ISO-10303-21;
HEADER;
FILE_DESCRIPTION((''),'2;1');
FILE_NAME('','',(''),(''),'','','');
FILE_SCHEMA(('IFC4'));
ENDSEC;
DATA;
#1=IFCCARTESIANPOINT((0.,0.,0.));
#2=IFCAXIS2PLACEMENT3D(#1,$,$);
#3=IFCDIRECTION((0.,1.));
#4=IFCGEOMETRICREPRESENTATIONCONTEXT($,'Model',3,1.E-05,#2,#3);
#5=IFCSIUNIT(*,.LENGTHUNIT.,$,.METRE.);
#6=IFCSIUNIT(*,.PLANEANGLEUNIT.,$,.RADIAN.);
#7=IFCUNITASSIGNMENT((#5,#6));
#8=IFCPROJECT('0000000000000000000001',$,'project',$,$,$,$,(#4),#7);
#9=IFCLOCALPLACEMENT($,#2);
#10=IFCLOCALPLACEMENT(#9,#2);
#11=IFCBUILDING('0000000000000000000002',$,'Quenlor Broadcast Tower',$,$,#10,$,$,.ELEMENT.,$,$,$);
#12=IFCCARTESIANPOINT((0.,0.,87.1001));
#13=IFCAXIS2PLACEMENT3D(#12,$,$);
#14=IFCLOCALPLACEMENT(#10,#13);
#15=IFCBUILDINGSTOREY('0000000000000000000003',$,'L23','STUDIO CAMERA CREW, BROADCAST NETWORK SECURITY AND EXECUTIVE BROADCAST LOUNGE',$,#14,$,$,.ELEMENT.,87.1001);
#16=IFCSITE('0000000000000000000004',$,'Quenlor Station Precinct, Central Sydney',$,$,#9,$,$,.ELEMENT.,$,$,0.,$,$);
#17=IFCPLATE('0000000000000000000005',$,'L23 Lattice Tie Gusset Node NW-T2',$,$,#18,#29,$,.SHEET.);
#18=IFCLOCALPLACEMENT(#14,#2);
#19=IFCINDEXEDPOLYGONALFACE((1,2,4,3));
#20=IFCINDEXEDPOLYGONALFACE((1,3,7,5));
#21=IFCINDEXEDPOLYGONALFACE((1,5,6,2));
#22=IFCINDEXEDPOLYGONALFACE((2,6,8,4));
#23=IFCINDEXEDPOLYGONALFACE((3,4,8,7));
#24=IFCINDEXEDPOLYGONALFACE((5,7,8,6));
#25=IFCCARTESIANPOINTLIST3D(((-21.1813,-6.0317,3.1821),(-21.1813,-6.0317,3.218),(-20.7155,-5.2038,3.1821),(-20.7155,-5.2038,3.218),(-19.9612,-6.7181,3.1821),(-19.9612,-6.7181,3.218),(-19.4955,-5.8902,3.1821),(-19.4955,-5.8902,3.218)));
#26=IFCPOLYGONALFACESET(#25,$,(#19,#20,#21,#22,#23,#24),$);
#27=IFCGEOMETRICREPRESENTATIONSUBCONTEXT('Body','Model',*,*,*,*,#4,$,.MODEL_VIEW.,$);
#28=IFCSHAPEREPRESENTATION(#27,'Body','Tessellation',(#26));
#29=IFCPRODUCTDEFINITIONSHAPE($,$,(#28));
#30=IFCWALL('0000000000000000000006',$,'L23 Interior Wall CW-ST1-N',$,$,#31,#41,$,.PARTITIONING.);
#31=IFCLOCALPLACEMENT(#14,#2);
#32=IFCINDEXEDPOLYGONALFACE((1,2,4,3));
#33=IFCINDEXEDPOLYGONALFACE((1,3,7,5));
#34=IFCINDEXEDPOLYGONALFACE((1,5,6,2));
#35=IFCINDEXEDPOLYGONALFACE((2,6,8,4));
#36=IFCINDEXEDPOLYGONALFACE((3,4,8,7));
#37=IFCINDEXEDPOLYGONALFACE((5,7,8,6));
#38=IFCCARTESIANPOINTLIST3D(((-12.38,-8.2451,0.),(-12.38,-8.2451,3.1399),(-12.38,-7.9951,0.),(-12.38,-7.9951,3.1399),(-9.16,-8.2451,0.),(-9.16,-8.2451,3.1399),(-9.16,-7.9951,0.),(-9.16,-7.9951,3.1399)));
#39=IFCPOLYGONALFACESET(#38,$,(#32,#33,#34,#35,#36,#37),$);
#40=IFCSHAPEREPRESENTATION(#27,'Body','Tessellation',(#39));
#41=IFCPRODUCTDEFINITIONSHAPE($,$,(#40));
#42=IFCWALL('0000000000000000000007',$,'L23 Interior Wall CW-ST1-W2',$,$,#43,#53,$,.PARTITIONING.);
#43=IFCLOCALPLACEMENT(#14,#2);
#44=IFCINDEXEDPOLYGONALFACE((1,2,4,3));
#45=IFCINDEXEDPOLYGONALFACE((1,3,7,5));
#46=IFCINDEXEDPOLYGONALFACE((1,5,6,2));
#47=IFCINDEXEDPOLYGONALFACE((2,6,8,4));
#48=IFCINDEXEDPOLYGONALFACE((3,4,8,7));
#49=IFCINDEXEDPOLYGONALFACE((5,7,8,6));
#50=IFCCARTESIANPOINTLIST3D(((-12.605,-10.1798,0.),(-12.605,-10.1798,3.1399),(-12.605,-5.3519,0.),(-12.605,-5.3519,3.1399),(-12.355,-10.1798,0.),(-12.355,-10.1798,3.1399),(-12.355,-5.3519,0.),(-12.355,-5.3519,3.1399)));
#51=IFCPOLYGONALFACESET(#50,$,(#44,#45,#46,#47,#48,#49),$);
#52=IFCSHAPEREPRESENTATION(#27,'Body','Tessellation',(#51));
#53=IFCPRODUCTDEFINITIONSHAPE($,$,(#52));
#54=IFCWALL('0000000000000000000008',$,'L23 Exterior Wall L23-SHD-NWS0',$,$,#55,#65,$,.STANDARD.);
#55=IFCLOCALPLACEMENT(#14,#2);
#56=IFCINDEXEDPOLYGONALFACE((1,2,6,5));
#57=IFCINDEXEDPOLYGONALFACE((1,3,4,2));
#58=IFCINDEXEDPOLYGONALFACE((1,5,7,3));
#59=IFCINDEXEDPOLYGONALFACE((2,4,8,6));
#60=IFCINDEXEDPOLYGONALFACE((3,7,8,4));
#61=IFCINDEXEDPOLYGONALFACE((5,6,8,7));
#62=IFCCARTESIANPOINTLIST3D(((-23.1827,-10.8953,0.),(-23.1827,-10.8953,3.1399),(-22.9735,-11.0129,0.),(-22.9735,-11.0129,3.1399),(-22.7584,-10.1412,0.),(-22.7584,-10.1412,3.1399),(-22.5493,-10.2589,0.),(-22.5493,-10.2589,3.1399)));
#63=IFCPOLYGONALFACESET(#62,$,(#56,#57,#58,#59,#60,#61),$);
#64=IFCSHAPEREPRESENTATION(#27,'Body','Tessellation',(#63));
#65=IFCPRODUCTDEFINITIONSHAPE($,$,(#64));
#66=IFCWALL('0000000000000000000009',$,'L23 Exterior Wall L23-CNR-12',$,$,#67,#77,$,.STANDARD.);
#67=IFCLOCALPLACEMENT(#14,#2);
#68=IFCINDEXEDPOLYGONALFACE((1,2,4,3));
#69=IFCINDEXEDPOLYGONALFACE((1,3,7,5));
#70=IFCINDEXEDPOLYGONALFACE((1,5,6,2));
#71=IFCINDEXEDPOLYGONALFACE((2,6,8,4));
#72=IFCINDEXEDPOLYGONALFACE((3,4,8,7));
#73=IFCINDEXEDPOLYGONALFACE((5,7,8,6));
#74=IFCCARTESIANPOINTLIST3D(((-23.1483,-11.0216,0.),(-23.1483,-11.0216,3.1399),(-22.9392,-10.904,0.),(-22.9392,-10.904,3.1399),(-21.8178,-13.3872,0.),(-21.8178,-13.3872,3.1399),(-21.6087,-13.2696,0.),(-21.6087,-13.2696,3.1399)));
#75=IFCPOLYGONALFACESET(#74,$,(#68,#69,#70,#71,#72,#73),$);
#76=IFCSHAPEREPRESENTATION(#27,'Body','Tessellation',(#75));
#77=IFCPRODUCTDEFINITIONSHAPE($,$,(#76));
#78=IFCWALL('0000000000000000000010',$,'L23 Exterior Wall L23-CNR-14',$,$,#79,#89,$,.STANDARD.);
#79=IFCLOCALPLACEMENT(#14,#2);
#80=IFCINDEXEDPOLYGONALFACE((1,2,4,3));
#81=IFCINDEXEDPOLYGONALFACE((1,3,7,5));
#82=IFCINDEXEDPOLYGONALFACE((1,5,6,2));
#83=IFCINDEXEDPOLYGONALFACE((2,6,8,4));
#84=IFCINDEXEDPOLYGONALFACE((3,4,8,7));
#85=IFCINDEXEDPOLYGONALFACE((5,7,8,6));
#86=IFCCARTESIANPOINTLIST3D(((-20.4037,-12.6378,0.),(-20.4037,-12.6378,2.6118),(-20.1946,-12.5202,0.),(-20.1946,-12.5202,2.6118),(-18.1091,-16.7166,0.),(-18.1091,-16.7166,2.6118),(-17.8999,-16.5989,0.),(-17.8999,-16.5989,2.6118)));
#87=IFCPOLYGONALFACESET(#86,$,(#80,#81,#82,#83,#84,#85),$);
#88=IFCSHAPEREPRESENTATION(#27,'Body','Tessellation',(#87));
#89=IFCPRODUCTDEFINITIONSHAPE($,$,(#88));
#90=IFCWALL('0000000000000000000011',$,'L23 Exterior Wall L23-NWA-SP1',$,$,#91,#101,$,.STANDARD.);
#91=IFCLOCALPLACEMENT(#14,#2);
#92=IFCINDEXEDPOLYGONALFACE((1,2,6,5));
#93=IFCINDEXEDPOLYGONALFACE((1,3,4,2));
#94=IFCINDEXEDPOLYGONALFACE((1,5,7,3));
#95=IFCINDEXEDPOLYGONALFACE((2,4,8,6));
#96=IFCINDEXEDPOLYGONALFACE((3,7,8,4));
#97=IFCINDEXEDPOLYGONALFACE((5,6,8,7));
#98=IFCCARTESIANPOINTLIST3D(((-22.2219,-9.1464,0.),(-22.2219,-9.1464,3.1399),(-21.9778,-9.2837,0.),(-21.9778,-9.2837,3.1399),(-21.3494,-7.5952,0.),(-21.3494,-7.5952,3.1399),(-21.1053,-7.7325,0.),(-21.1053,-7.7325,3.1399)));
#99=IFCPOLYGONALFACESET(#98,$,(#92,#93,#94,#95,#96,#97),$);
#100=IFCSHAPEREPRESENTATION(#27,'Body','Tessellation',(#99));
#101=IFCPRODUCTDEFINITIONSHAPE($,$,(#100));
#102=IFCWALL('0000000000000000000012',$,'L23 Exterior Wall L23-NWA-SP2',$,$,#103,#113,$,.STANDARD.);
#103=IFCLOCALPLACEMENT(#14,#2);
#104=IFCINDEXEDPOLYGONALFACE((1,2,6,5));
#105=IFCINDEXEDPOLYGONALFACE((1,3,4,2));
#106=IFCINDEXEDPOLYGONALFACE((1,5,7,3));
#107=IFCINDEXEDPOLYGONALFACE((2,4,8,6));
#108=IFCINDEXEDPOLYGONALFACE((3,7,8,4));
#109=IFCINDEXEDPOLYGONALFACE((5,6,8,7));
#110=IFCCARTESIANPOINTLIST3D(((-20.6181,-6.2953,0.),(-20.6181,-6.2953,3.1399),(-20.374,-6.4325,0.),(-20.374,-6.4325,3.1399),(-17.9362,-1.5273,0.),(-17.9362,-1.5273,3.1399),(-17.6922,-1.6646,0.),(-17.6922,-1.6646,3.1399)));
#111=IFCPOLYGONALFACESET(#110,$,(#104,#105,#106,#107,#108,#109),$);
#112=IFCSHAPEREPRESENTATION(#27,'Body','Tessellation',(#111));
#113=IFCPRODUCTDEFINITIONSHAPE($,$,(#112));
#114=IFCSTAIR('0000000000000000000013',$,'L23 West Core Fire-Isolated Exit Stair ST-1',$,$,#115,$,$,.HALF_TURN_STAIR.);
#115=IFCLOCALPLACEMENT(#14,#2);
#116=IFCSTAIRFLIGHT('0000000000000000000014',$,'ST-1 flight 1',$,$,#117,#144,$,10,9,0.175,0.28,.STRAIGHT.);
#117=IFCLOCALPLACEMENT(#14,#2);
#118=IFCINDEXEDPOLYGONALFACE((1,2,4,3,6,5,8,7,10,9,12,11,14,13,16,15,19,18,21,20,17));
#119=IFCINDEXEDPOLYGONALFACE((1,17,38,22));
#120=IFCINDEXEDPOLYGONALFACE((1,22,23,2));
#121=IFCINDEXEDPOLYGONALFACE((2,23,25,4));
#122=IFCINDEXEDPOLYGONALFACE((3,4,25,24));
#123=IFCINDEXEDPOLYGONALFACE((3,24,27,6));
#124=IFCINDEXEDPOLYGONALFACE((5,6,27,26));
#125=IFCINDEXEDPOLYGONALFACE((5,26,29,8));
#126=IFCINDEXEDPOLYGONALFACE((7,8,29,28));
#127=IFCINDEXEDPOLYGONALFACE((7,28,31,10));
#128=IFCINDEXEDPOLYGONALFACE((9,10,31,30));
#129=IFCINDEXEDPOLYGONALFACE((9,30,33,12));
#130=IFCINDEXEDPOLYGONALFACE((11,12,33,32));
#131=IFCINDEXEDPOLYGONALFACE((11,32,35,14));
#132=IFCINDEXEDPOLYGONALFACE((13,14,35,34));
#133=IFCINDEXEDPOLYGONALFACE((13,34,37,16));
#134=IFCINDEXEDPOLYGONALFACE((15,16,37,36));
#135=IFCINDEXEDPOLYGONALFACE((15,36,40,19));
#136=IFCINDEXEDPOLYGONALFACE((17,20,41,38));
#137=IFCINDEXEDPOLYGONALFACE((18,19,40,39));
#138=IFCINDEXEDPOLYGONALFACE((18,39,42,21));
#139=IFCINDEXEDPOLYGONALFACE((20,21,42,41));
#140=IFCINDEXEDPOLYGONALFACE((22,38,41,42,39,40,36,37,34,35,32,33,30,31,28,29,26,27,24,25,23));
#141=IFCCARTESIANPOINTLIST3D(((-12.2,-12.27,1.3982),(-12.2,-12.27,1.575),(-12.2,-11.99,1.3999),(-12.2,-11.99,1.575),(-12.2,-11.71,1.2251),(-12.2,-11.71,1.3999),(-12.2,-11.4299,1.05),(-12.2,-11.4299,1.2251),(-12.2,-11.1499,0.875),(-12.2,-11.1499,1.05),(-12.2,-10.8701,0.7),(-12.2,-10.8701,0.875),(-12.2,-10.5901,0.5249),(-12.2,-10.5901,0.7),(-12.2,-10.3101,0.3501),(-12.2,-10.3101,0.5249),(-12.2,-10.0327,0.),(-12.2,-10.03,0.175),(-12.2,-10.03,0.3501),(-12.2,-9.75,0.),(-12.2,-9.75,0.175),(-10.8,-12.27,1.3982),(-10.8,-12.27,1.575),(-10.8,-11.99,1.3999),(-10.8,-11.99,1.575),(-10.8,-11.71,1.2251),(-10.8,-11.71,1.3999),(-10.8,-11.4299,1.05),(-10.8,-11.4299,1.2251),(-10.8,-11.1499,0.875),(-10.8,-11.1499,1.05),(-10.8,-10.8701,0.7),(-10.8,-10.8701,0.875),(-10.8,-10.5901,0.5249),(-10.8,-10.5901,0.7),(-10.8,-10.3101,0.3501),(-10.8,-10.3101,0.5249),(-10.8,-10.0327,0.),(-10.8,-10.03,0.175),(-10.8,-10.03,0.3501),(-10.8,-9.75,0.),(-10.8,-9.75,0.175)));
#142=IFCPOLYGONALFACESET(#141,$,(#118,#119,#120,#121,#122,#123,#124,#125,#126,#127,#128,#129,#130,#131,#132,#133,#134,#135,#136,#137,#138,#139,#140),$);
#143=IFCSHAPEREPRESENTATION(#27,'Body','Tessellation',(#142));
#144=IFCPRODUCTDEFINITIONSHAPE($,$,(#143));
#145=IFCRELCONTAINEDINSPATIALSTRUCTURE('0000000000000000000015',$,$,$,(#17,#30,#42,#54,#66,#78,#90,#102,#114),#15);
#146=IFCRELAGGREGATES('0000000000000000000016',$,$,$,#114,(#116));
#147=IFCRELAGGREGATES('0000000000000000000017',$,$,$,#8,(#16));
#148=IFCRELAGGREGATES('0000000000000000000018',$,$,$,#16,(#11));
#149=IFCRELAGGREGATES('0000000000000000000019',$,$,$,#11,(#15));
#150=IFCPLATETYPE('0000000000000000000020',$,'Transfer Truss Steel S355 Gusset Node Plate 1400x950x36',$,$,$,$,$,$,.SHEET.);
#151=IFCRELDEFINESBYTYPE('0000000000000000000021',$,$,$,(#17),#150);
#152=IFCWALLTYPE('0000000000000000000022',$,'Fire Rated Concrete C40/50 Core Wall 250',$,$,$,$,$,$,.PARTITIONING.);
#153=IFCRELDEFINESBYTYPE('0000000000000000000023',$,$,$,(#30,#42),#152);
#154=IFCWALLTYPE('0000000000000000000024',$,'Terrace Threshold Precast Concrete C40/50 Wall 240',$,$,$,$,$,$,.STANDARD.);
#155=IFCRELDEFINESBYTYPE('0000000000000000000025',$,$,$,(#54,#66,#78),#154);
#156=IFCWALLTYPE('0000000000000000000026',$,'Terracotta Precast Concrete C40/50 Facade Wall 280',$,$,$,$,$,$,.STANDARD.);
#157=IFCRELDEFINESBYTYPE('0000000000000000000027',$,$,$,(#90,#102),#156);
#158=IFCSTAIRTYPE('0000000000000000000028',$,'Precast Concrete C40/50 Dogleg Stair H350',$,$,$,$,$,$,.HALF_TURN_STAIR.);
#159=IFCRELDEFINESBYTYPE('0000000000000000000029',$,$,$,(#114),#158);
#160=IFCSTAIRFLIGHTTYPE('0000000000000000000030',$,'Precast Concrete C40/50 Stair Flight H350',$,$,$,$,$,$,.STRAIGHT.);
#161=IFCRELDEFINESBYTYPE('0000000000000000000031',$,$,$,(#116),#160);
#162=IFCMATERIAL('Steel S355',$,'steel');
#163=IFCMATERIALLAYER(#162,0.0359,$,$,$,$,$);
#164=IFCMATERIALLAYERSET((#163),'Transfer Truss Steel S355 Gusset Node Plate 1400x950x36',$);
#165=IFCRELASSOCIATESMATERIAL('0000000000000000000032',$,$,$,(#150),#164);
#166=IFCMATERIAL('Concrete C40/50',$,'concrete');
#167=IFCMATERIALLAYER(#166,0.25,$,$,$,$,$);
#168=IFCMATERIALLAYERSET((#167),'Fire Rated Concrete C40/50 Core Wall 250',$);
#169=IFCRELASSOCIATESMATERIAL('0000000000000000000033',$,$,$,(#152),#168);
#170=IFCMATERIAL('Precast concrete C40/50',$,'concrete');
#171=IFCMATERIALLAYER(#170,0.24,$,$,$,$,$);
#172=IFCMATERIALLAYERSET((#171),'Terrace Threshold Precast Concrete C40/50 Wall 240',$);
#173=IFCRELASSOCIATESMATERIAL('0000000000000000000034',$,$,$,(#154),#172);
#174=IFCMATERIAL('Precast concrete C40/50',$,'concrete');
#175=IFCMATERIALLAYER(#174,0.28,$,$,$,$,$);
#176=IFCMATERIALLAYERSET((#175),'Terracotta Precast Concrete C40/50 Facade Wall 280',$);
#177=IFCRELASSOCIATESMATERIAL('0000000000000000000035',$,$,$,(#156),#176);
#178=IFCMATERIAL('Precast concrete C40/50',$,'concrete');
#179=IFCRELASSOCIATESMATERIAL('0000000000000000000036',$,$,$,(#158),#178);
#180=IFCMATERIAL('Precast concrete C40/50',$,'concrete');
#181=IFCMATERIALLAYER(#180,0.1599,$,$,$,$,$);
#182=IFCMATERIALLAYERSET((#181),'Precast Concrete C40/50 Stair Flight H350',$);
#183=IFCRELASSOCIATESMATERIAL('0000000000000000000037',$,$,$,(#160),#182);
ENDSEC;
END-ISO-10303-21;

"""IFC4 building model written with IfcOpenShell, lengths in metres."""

from ifc_helpers import new_model, si_unit, direction, frame, frame_2d, origin, origin_2d, place, context, subcontext, project, spatial, polyline, rectangle, outline, extrude, material, layer, layer_set, type_object, element, aggregate, save


model = new_model("IFC4")

# Units and contexts
model_context = context("Model", 3, precision=1e-05, world=origin(), true_north=direction((0.0, 1.0)))
body_context = subcontext(model_context, "Body", "Model", "MODEL_VIEW")
ifc_project = project(units=[si_unit("LENGTHUNIT", "METRE"), si_unit("PLANEANGLEUNIT", "RADIAN")], contexts=[model_context])

# Site, building, storey
site_placement = place(None, origin())
site = spatial("IfcSite", under=ifc_project, at=site_placement, Name="Quenlor Station Precinct, Central Sydney", CompositionType="ELEMENT", RefElevation=0.0)
building_placement = place(site_placement, origin())
building = spatial("IfcBuilding", under=site, at=building_placement, Name="Quenlor Broadcast Tower", CompositionType="ELEMENT")
storey_placement = place(building_placement, frame((0.0, 0.0, 87.1001)))
storey = spatial("IfcBuildingStorey", under=building, at=storey_placement, Name="L23", Description="STUDIO CAMERA CREW, BROADCAST NETWORK SECURITY AND EXECUTIVE BROADCAST LOUNGE", CompositionType="ELEMENT", Elevation=87.1001)

# Plate
ifc_material_1 = material(Name="Steel S355", Category="steel")
ifc_layer_1 = layer(ifc_material_1, 0.0359)
ifc_layer_set_1 = layer_set([ifc_layer_1], Name="Transfer Truss Steel S355 Gusset Node Plate 1400x950x36")
plate_type_1 = type_object("IfcPlateType", Name="Transfer Truss Steel S355 Gusset Node Plate 1400x950x36", PredefinedType="SHEET", material=ifc_layer_set_1)
for number, where, z_axis, x_axis, name in (
    (1, (-20.3384, -5.9609, 3.1821), (0.0, 0.0, 1.0), (-0.871556, 0.490295, 0.0), "L23 Lattice Tie Gusset Node NW-T2"),
):
    element("IfcPlate", number, at=place(storey_placement, frame(where, z_axis=z_axis, x_axis=x_axis)), inside=storey, type_object=plate_type_1, Name=name, PredefinedType="SHEET", context=body_context, shape_type="SweptSolid", body=[
        extrude(rectangle(XDim=1.3999, YDim=0.95, at=origin_2d()), origin(), (0.0, 0.0, 1.0), 0.0359),
    ])

# Walls
ifc_material_2 = material(Name="Concrete C40/50", Category="concrete")
ifc_layer_2 = layer(ifc_material_2, 0.25)
ifc_layer_set_2 = layer_set([ifc_layer_2], Name="Fire Rated Concrete C40/50 Core Wall 250")
wall_type_1 = type_object("IfcWallType", Name="Fire Rated Concrete C40/50 Core Wall 250", PredefinedType="PARTITIONING", material=ifc_layer_set_2)
wall_1_placement = place(storey_placement, frame((-12.3799, -8.1201, 0.0), z_axis=(0.0, 0.0, 1.0), x_axis=(1.0, 0.0, 0.0)))
element("IfcWall", 2, at=wall_1_placement, inside=storey, type_object=wall_type_1, Name="L23 Interior Wall CW-ST1-N", PredefinedType="PARTITIONING", context=body_context, shape_type="SweptSolid", body=[
    extrude(rectangle(XDim=3.22, YDim=0.25, at=frame_2d((1.6099, 0.0))), origin(), (0.0, 0.0, 1.0), 3.1399),
])
wall_2_placement = place(storey_placement, frame((-12.48, -10.1799, 0.0), z_axis=(0.0, 0.0, 1.0), x_axis=(0.0, 1.0, 0.0)))
element("IfcWall", 3, at=wall_2_placement, inside=storey, type_object=wall_type_1, Name="L23 Interior Wall CW-ST1-W2", PredefinedType="PARTITIONING", context=body_context, shape_type="SweptSolid", body=[
    extrude(rectangle(XDim=4.8279, YDim=0.25, at=frame_2d((2.4141, 0.0))), origin(), (0.0, 0.0, 1.0), 3.1399),
])

# Walls
ifc_material_3 = material(Name="Precast concrete C40/50", Category="concrete")
ifc_layer_3 = layer(ifc_material_3, 0.24)
ifc_layer_set_3 = layer_set([ifc_layer_3], Name="Terrace Threshold Precast Concrete C40/50 Wall 240")
wall_type_2 = type_object("IfcWallType", Name="Terrace Threshold Precast Concrete C40/50 Wall 240", PredefinedType="STANDARD", material=ifc_layer_set_3)
wall_3_placement = place(storey_placement, frame((-23.0781, -10.9541, 0.0), z_axis=(0.0, 0.0, 1.0), x_axis=(0.490355, 0.871523, 0.0)))
element("IfcWall", 4, at=wall_3_placement, inside=storey, type_object=wall_type_2, Name="L23 Exterior Wall L23-SHD-NWS0", PredefinedType="STANDARD", context=body_context, shape_type="SweptSolid", body=[
    extrude(rectangle(XDim=0.8652, YDim=0.24, at=frame_2d((0.4326, 0.0))), origin(), (0.0, 0.0, 1.0), 3.1399),
])
wall_4_placement = place(storey_placement, frame((-23.0437, -10.9629, 0.0), z_axis=(0.0, 0.0, 1.0), x_axis=(0.490219, -0.8716, 0.0)))
element("IfcWall", 5, at=wall_4_placement, inside=storey, type_object=wall_type_2, Name="L23 Exterior Wall L23-CNR-12", PredefinedType="STANDARD", context=body_context, shape_type="SweptSolid", body=[
    extrude(rectangle(XDim=2.7141, YDim=0.24, at=frame_2d((1.3569, 0.0))), origin(), (0.0, 0.0, 1.0), 3.1399),
])
wall_5_placement = place(storey_placement, frame((-20.2991, -12.5791, 0.0), z_axis=(0.0, 0.0, 1.0), x_axis=(0.490313, -0.871546, 0.0)))
element("IfcWall", 6, at=wall_5_placement, inside=storey, type_object=wall_type_2, Name="L23 Exterior Wall L23-CNR-14", PredefinedType="STANDARD", context=body_context, shape_type="SweptSolid", body=[
    extrude(rectangle(XDim=4.6799, YDim=0.24, at=frame_2d((2.3398, 0.0))), origin(), (0.0, 0.0, 1.0), 2.6118),
])
ifc_material_4 = material(Name="Precast concrete C40/50", Category="concrete")
ifc_layer_4 = layer(ifc_material_4, 0.28)
ifc_layer_set_4 = layer_set([ifc_layer_4], Name="Terracotta Precast Concrete C40/50 Facade Wall 280")
wall_type_3 = type_object("IfcWallType", Name="Terracotta Precast Concrete C40/50 Facade Wall 280", PredefinedType="STANDARD", material=ifc_layer_set_4)
wall_6_placement = place(storey_placement, frame((-22.0999, -9.2151, 0.0), z_axis=(0.0, 0.0, 1.0), x_axis=(0.490248, 0.871583, 0.0)))
element("IfcWall", 7, at=wall_6_placement, inside=storey, type_object=wall_type_3, Name="L23 Exterior Wall L23-NWA-SP1", PredefinedType="STANDARD", context=body_context, shape_type="SweptSolid", body=[
    extrude(rectangle(XDim=1.7798, YDim=0.28, at=frame_2d((0.8899, 0.0))), origin(), (0.0, 0.0, 1.0), 3.1399),
])
wall_7_placement = place(storey_placement, frame((-20.4961, -6.364, 0.0), z_axis=(0.0, 0.0, 1.0), x_axis=(0.49024, 0.871587, 0.0)))
element("IfcWall", 8, at=wall_7_placement, inside=storey, type_object=wall_type_3, Name="L23 Exterior Wall L23-NWA-SP2", PredefinedType="STANDARD", context=body_context, shape_type="SweptSolid", body=[
    extrude(rectangle(XDim=5.4705, YDim=0.28, at=frame_2d((2.7354, 0.0))), origin(), (0.0, 0.0, 1.0), 3.1399),
])

# Stair, stair flight
ifc_material_5 = material(Name="Precast concrete C40/50", Category="concrete")
stair_type = type_object("IfcStairType", Name="Precast Concrete C40/50 Dogleg Stair H350", PredefinedType="HALF_TURN_STAIR", material=ifc_material_5)
stair_placement = place(storey_placement, origin())
stair = element("IfcStair", 9, at=stair_placement, inside=storey, type_object=stair_type, Name="L23 West Core Fire-Isolated Exit Stair ST-1", PredefinedType="HALF_TURN_STAIR")
ifc_material_6 = material(Name="Precast concrete C40/50", Category="concrete")
ifc_layer_5 = layer(ifc_material_6, 0.1599)
ifc_layer_set_5 = layer_set([ifc_layer_5], Name="Precast Concrete C40/50 Stair Flight H350")
stair_flight_type = type_object("IfcStairFlightType", Name="Precast Concrete C40/50 Stair Flight H350", PredefinedType="STRAIGHT", material=ifc_layer_set_5)
stair_flight_placement = place(storey_placement, frame((-11.5, -9.75, 0.0), z_axis=(0.0, 0.0, 1.0), x_axis=(0.0, -1.0, 0.0)))
stair_flight = element("IfcStairFlight", 10, at=stair_flight_placement, type_object=stair_flight_type, Name="ST-1 flight 1", NumberOfRisers=10, NumberOfTreads=9, PredefinedType="STRAIGHT", RiserHeight=0.175, TreadLength=0.28, context=body_context, shape_type="SweptSolid", body=[
    extrude(outline(polyline([(0.0, 0.0), (0.0, 0.175), (0.28, 0.175), (0.28, 0.3501), (0.5601, 0.3501), (0.5601, 0.5249), (0.8401, 0.5249), (0.8401, 0.7), (1.1201, 0.7), (1.1201, 0.875), (1.3999, 0.875), (1.3999, 1.05), (1.6799, 1.05), (1.6799, 1.2251), (1.96, 1.2251), (1.96, 1.3999), (2.24, 1.3999), (2.24, 1.575), (2.52, 1.575), (2.52, 1.75), (2.52, 1.3982), (0.2827, 0.0), (0.0, 0.0)])), frame((0.0, 0.7, 0.0), z_axis=(0.0, -1.0, 0.0), x_axis=(1.0, 0.0, 0.0)), (0.0, 0.0, 1.0), 1.3999),
])
aggregate(stair, [stair_flight])

save(model, "model.ifc")
